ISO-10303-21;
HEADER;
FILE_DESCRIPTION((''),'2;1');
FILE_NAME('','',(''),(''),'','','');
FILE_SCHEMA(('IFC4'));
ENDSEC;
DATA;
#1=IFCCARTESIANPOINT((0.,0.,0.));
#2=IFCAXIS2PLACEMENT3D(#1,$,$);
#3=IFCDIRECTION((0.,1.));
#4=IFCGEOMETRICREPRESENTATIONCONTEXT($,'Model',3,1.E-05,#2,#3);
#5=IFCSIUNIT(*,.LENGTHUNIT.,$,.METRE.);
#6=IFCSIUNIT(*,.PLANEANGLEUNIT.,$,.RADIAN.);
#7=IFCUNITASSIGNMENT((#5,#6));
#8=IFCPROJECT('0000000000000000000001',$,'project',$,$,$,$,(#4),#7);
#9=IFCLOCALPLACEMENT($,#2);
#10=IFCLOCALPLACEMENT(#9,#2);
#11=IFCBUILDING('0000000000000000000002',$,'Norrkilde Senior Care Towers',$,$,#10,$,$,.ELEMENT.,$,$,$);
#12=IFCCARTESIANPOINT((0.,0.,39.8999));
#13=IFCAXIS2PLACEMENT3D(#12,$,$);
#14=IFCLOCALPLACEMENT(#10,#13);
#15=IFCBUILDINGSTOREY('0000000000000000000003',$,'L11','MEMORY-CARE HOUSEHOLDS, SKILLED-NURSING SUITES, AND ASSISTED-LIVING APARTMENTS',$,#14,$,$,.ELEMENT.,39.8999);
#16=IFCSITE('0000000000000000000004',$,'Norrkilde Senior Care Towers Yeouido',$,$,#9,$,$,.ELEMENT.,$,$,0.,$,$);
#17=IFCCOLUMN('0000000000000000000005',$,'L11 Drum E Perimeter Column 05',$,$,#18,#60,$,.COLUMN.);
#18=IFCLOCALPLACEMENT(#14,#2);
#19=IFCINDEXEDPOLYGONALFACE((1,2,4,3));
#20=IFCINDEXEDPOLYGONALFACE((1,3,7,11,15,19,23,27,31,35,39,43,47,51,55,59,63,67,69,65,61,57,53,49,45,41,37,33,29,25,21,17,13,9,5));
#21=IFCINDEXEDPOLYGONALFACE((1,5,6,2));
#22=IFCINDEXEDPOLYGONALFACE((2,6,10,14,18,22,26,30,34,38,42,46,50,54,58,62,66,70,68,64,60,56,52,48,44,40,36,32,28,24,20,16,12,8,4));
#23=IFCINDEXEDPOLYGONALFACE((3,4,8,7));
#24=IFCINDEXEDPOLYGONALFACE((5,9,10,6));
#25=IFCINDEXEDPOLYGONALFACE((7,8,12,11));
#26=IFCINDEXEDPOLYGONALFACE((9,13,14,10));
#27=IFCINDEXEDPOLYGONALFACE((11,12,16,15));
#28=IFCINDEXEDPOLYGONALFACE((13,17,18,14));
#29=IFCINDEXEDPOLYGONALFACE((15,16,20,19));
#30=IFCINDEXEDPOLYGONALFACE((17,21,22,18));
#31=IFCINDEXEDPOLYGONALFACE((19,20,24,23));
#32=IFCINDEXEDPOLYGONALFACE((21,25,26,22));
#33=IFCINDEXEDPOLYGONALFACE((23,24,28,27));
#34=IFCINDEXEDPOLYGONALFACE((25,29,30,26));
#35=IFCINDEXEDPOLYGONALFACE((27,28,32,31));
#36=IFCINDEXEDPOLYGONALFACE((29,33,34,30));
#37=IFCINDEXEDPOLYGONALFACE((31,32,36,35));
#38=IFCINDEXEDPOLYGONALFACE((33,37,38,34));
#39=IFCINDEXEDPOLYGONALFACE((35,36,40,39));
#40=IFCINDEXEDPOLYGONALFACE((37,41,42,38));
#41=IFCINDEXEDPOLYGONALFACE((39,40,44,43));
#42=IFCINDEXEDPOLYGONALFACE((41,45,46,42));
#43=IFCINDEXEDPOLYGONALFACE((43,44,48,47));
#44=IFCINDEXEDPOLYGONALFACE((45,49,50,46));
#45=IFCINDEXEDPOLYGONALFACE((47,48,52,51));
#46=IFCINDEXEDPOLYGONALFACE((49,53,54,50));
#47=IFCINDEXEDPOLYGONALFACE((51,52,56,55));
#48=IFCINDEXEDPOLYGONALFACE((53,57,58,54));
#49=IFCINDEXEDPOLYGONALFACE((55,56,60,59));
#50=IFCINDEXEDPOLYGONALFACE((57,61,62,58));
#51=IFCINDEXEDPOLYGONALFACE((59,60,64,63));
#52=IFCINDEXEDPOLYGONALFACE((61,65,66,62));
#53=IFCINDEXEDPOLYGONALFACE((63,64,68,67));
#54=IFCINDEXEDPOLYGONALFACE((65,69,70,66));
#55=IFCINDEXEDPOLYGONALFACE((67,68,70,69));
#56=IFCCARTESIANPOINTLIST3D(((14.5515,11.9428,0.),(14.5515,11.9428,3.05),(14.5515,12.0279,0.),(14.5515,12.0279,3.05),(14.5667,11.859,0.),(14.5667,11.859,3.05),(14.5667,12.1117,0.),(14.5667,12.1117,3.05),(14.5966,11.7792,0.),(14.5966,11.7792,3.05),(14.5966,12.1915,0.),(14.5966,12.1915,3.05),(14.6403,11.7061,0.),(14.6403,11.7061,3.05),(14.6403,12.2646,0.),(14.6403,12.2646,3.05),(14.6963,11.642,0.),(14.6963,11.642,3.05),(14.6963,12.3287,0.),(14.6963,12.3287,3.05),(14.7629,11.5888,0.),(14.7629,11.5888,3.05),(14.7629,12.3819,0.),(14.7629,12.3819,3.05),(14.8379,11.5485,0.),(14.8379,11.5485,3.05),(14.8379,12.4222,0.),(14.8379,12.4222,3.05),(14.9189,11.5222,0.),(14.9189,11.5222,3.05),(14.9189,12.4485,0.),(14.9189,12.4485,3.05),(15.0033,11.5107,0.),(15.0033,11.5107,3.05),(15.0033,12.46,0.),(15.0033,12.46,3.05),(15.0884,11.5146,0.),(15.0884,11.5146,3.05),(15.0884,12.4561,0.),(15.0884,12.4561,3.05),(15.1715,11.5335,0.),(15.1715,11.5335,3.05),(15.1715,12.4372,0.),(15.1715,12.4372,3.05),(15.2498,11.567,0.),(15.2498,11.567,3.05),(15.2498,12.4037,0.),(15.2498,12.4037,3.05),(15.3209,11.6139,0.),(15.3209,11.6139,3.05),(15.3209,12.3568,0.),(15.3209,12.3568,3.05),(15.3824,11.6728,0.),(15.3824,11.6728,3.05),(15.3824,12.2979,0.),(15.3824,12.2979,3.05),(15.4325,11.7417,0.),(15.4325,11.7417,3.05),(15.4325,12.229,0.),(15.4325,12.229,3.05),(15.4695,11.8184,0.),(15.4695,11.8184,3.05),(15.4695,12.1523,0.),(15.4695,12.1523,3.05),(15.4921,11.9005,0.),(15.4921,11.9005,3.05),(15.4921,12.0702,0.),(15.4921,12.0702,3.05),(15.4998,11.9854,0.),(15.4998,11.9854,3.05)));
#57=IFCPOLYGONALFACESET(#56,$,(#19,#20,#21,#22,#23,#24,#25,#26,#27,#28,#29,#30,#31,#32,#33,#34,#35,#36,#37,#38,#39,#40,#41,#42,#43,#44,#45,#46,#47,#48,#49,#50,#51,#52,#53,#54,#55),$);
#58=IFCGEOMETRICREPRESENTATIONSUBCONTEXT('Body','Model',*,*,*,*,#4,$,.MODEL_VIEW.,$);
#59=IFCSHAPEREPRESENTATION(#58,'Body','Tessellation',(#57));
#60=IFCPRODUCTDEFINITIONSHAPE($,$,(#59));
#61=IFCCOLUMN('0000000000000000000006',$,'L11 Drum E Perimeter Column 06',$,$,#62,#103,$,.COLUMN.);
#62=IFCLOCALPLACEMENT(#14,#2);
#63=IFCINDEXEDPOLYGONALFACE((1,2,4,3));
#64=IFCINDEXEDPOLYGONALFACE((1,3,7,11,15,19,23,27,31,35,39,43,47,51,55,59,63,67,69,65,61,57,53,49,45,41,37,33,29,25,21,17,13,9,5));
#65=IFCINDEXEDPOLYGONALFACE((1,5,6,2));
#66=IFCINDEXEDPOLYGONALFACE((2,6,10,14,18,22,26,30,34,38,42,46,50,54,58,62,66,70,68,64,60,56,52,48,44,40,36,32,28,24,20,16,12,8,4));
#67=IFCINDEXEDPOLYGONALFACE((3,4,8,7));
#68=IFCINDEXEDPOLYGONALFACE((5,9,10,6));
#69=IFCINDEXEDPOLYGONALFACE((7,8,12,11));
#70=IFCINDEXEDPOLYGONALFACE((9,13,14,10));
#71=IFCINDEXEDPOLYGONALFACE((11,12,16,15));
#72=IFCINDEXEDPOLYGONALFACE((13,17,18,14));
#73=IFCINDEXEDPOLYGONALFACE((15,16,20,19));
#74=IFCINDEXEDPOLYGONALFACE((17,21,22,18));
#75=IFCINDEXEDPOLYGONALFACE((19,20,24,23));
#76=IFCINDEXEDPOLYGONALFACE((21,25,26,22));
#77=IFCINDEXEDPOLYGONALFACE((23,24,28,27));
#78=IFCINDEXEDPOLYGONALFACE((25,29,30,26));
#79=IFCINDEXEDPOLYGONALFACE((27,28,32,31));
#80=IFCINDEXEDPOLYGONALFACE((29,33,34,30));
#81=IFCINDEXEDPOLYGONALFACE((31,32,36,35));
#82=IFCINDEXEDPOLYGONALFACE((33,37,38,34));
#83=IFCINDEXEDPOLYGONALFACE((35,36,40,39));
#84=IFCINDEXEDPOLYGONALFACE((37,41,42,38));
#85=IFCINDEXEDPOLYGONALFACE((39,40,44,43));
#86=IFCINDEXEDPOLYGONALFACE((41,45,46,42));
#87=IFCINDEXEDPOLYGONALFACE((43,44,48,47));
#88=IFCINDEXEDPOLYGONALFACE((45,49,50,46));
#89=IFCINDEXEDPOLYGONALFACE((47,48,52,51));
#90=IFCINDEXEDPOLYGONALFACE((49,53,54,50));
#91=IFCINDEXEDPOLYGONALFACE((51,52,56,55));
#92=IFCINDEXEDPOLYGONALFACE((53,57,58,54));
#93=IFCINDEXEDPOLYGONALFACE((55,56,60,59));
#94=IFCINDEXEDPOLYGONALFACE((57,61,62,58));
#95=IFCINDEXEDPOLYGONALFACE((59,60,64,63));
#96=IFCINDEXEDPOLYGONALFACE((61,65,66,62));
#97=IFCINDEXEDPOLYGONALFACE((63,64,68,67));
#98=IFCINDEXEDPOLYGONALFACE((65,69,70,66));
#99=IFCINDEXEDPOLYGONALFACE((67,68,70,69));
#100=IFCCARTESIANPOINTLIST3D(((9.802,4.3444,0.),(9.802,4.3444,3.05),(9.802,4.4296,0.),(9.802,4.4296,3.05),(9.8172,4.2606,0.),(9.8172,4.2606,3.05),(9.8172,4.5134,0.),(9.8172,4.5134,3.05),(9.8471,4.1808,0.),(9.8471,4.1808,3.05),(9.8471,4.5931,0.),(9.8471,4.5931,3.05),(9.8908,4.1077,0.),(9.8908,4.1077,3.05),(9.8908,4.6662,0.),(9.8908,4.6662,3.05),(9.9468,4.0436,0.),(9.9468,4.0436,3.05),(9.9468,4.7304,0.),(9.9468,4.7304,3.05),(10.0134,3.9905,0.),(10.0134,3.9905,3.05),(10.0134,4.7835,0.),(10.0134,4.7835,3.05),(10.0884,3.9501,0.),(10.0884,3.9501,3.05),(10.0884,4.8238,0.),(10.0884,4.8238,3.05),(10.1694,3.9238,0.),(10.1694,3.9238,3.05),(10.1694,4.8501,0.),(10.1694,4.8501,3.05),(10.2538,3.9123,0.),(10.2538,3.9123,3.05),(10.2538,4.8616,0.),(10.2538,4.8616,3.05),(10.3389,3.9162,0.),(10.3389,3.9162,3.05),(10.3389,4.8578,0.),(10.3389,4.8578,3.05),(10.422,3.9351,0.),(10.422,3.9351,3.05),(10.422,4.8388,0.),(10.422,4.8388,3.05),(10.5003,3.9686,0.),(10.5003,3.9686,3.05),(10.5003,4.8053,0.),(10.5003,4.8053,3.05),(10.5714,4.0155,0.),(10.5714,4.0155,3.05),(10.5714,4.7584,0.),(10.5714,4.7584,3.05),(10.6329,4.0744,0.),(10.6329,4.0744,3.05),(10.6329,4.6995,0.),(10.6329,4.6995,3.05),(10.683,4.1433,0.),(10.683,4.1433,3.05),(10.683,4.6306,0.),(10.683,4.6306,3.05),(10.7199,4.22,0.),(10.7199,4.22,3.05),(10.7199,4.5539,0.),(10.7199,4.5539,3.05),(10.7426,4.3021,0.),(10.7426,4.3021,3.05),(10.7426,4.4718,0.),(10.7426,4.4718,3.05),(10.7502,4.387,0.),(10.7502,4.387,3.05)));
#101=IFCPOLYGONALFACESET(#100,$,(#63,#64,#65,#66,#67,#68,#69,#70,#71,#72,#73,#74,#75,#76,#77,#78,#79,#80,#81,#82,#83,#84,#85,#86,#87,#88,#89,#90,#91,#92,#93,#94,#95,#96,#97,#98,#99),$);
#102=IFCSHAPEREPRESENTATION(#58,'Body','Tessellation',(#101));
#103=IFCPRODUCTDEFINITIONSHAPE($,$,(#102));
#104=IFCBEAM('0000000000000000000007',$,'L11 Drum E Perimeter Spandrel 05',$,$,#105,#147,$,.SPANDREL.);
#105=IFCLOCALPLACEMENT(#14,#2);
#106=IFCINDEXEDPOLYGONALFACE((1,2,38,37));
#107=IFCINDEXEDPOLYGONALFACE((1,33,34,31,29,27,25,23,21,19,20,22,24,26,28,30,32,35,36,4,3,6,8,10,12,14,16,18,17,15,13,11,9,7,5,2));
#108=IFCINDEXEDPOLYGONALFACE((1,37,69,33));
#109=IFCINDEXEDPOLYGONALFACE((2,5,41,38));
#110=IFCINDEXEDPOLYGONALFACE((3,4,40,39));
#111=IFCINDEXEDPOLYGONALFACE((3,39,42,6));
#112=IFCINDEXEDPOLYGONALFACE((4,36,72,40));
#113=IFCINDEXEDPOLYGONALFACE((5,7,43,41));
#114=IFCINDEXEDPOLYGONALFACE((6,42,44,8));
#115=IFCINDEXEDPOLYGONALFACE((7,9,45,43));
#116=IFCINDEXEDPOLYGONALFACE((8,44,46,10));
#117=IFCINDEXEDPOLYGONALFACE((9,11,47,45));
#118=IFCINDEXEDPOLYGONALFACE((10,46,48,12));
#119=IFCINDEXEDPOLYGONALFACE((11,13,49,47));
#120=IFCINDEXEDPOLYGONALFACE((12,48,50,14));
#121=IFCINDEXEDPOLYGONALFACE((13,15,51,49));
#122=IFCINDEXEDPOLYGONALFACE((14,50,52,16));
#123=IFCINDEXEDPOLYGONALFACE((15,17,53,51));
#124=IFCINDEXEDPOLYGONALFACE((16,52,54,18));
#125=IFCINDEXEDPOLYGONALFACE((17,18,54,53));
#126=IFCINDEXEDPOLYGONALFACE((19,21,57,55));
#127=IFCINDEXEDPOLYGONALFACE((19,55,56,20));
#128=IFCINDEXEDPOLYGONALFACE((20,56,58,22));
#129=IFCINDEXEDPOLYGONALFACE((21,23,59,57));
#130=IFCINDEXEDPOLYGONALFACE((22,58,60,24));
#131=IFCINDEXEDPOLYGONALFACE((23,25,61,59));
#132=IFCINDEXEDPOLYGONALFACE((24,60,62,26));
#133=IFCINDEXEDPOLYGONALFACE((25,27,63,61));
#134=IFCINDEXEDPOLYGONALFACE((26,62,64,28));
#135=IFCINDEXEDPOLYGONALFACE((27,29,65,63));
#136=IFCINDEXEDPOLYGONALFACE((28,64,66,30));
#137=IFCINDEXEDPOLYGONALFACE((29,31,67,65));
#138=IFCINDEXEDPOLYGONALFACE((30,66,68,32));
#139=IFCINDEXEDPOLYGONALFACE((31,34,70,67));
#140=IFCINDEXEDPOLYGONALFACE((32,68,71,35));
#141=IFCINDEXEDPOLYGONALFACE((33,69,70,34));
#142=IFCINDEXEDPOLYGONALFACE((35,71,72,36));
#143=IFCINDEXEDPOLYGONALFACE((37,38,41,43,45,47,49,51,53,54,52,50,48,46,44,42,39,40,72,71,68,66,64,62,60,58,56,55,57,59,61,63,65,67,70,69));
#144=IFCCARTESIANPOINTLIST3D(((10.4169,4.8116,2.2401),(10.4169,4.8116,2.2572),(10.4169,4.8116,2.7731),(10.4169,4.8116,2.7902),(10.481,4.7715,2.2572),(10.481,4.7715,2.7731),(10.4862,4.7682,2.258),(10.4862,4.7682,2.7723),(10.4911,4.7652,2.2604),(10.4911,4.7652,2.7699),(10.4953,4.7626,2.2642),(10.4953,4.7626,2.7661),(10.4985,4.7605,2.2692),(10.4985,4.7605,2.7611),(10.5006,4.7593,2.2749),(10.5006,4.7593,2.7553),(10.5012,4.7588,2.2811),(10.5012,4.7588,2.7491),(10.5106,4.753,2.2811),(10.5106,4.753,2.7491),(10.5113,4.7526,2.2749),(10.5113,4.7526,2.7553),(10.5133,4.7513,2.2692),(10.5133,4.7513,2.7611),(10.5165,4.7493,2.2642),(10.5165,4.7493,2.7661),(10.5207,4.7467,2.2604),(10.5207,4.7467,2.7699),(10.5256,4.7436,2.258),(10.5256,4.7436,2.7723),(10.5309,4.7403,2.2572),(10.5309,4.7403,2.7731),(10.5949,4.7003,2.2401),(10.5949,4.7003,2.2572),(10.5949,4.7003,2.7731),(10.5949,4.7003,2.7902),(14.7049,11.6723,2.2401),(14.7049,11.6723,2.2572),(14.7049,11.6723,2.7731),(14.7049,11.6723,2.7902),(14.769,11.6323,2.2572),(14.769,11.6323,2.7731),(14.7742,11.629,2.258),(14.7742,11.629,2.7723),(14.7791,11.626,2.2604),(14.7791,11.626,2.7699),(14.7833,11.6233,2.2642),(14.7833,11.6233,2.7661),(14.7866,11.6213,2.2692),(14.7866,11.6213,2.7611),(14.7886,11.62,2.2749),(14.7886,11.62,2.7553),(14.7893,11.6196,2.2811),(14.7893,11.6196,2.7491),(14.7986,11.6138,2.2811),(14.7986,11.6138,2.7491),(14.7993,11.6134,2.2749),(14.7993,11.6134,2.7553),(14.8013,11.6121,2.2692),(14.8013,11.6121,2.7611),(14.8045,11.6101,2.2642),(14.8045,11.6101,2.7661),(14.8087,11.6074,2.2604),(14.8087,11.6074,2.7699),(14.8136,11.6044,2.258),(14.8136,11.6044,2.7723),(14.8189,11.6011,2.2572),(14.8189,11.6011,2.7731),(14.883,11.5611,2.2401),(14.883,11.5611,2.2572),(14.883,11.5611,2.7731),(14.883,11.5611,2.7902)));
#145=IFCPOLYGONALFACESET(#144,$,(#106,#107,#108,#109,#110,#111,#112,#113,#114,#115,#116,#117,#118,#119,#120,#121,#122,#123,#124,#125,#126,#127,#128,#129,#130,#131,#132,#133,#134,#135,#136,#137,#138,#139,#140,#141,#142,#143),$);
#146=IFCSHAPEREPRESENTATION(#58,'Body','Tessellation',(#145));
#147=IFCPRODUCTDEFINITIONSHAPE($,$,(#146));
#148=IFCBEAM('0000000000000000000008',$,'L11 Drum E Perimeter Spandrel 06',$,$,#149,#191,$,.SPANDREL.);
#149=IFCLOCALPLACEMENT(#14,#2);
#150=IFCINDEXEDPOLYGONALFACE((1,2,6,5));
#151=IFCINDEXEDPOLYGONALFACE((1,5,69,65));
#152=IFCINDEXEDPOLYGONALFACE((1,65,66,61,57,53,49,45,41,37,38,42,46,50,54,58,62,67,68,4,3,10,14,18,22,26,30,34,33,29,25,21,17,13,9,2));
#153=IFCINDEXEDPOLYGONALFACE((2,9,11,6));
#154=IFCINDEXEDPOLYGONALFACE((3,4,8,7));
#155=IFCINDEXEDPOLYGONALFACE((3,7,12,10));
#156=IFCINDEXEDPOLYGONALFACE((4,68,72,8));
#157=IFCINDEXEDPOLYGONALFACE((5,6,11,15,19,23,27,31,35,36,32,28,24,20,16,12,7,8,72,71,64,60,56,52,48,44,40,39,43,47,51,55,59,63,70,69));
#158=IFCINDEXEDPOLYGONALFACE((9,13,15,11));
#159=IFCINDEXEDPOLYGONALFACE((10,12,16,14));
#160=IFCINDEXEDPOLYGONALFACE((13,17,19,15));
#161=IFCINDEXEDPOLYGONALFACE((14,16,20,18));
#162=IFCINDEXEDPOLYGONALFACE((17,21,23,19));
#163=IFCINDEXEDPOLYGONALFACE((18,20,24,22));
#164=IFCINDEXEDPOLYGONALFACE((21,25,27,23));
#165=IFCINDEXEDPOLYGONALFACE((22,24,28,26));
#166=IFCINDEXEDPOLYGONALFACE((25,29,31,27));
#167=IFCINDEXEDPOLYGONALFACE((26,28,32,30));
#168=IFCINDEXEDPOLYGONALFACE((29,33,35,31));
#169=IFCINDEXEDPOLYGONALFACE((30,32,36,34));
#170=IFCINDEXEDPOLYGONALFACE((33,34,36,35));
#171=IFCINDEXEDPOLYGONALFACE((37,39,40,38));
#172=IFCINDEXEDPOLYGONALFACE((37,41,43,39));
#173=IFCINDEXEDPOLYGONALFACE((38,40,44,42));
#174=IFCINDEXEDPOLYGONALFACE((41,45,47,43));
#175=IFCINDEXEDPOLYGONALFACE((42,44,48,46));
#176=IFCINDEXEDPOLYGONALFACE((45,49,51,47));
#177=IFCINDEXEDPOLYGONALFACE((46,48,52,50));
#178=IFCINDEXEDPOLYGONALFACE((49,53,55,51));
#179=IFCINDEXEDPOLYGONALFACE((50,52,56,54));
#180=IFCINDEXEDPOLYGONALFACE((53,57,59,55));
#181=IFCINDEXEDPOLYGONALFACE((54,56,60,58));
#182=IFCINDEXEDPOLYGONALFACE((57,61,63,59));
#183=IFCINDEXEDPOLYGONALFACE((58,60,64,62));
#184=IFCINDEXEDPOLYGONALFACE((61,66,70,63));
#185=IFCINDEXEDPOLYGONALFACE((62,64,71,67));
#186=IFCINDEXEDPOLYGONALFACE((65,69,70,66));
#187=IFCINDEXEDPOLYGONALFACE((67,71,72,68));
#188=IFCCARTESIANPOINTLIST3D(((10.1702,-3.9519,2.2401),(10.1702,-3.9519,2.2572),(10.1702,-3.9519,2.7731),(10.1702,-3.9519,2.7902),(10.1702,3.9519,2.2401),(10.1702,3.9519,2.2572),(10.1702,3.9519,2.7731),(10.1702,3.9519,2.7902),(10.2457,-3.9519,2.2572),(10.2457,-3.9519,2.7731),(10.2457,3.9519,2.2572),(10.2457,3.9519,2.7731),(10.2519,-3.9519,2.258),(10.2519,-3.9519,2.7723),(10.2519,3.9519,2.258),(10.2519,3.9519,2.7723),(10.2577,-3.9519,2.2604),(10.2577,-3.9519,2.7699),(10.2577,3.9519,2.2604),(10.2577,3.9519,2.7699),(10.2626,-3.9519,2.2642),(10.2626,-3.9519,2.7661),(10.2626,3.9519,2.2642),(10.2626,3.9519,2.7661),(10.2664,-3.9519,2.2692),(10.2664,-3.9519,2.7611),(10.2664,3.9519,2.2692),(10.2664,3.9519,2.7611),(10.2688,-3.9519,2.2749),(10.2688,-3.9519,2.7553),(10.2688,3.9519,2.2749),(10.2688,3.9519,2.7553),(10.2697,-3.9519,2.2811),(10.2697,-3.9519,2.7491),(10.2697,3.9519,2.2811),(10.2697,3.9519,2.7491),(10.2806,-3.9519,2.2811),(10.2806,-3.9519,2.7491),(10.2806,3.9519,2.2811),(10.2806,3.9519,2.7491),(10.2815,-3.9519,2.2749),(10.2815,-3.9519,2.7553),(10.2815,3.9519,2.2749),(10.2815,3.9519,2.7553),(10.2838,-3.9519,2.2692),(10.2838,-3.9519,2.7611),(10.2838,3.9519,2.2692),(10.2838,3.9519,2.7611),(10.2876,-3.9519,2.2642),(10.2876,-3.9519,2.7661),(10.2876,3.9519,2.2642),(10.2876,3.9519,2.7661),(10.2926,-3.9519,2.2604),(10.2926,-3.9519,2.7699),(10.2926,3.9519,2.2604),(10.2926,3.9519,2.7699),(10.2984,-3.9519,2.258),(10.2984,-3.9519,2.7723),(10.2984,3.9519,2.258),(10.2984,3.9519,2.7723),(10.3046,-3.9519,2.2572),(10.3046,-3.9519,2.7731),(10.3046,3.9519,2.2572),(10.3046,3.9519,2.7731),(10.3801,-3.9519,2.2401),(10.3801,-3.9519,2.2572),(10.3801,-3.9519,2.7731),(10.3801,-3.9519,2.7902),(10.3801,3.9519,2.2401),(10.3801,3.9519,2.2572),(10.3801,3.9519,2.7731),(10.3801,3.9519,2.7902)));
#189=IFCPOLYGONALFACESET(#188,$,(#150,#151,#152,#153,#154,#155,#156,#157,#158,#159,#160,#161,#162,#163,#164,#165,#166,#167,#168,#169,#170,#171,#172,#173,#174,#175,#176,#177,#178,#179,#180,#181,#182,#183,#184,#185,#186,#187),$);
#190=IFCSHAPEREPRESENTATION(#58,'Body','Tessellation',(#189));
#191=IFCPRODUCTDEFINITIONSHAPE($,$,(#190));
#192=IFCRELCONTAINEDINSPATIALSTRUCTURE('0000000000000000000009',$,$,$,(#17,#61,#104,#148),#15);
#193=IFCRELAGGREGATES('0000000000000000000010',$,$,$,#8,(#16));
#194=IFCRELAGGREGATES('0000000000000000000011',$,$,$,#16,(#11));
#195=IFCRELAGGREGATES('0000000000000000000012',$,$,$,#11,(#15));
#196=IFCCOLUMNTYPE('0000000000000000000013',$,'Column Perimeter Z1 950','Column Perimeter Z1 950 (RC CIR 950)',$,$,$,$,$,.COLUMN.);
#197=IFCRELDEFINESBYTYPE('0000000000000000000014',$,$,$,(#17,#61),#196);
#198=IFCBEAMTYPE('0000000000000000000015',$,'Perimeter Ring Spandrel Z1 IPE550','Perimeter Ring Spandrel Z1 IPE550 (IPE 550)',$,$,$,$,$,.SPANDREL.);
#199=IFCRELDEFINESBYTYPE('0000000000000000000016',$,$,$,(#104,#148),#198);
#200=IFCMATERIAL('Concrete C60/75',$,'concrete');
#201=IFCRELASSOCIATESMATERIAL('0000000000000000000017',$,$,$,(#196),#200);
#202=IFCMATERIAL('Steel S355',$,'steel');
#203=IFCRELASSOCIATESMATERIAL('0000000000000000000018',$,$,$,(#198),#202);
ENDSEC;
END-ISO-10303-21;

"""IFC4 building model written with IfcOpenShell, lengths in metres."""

from ifc_helpers import new_model, si_unit, direction, frame, origin, origin_2d, place, context, subcontext, project, spatial, circle, i_section, extrude, source, transform, mapped, material, material_profile, profile_set, type_object, type_shapes, element, save


model = new_model("IFC4")

# Units and contexts
model_context = context("Model", 3, precision=1e-05, world=origin(), true_north=direction((0.0, 1.0)))
body_context = subcontext(model_context, "Body", "Model", "MODEL_VIEW")
ifc_project = project(units=[si_unit("LENGTHUNIT", "METRE"), si_unit("PLANEANGLEUNIT", "RADIAN")], contexts=[model_context])

# Site, building, storey
site_placement = place(None, origin())
site = spatial("IfcSite", under=ifc_project, at=site_placement, Name="Norrkilde Senior Care Towers Yeouido", CompositionType="ELEMENT", RefElevation=0.0)
building_placement = place(site_placement, origin())
building = spatial("IfcBuilding", under=site, at=building_placement, Name="Norrkilde Senior Care Towers", CompositionType="ELEMENT")
storey_placement = place(building_placement, frame((0.0, 0.0, 39.8999)))
storey = spatial("IfcBuildingStorey", under=building, at=storey_placement, Name="L11", Description="MEMORY-CARE HOUSEHOLDS, SKILLED-NURSING SUITES, AND ASSISTED-LIVING APARTMENTS", CompositionType="ELEMENT", Elevation=39.8999)

# Columns
ifc_material_1 = material(Name="Concrete C60/75", Category="concrete")
ifc_material_profile_1 = material_profile(ifc_material_1, circle(Radius=0.4751, at=origin_2d()), Name="RC CIR 950")
ifc_profile_set_1 = profile_set([ifc_material_profile_1], Name="Concrete C60/75")
column_type = type_object("IfcColumnType", Name="Column Perimeter Z1 950", Description="Column Perimeter Z1 950 (RC CIR 950)", PredefinedType="COLUMN", material=ifc_profile_set_1)
shared_shape_1 = source(origin(), body_context, "Body", "SweptSolid", [
    extrude(circle(Radius=0.4751, at=origin_2d()), origin(), (0.0, 0.0, 1.0), 3.05),
])
type_shapes(column_type, [shared_shape_1])
for number, where, z_axis, x_axis, name in (
    (1, (15.0247, 11.9854, 0.0), (0.0, 0.0, 1.0), (1.0, 0.0, 0.0), "L11 Drum E Perimeter Column 05"),
    (2, (10.2751, 4.387, 0.0), (0.0, 0.0, 1.0), (1.0, 0.0, 0.0), "L11 Drum E Perimeter Column 06"),
):
    element("IfcColumn", number, at=place(storey_placement, frame(where, z_axis=z_axis, x_axis=x_axis)), inside=storey, type_object=column_type, Name=name, PredefinedType="COLUMN", context=body_context, shape_type="MappedRepresentation", body=[
        mapped(shared_shape_1, transform((0.0, 0.0, 0.0), x_axis=(1.0, 0.0, 0.0), y_axis=(0.0, 1.0, 0.0), z_axis=(0.0, 0.0, 1.0), scale=1.0)),
    ])

# Beams
ifc_material_2 = material(Name="Steel S355", Category="steel")
ifc_material_profile_2 = material_profile(ifc_material_2, i_section(OverallWidth=0.21, OverallDepth=0.55, WebThickness=0.011, FlangeThickness=0.0171, FilletRadius=0.0239, at=origin_2d()), Name="IPE 550")
ifc_profile_set_2 = profile_set([ifc_material_profile_2], Name="Steel S355")
beam_type = type_object("IfcBeamType", Name="Perimeter Ring Spandrel Z1 IPE550", Description="Perimeter Ring Spandrel Z1 IPE550 (IPE 550)", PredefinedType="SPANDREL", material=ifc_profile_set_2)
shared_shape_2 = source(origin(), body_context, "Body", "SweptSolid", [
    extrude(i_section(OverallWidth=0.21, OverallDepth=0.55, WebThickness=0.011, FlangeThickness=0.0171, FilletRadius=0.0239, at=origin_2d()), origin(), (0.0, 0.0, 1.0), 8.0906),
])
beam_1_placement = place(storey_placement, frame((14.7939, 11.6167, 2.5151), z_axis=(-0.530004, -0.847995, 0.0), x_axis=(0.847995, -0.530004, 0.0)))
element("IfcBeam", 3, at=beam_1_placement, inside=storey, type_object=beam_type, Name="L11 Drum E Perimeter Spandrel 05", PredefinedType="SPANDREL", context=body_context, shape_type="MappedRepresentation", body=[
    mapped(shared_shape_2, transform((0.0, 0.0, 0.0), x_axis=(1.0, 0.0, 0.0), y_axis=(0.0, 1.0, 0.0), z_axis=(0.0, 0.0, 1.0), scale=1.0)),
])
shared_shape_3 = source(origin(), body_context, "Body", "SweptSolid", [
    extrude(i_section(OverallWidth=0.21, OverallDepth=0.55, WebThickness=0.011, FlangeThickness=0.0171, FilletRadius=0.0239, at=origin_2d()), origin(), (0.0, 0.0, 1.0), 7.9038),
])
type_shapes(beam_type, [shared_shape_2, shared_shape_3])
beam_2_placement = place(storey_placement, frame((10.2751, 3.9519, 2.5151), z_axis=(0.0, -1.0, 0.0), x_axis=(1.0, 0.0, 0.0)))
element("IfcBeam", 4, at=beam_2_placement, inside=storey, type_object=beam_type, Name="L11 Drum E Perimeter Spandrel 06", PredefinedType="SPANDREL", context=body_context, shape_type="MappedRepresentation", body=[
    mapped(shared_shape_3, transform((0.0, 0.0, 0.0), x_axis=(1.0, 0.0, 0.0), y_axis=(0.0, 1.0, 0.0), z_axis=(0.0, 0.0, 1.0), scale=1.0)),
])

save(model, "model.ifc")
